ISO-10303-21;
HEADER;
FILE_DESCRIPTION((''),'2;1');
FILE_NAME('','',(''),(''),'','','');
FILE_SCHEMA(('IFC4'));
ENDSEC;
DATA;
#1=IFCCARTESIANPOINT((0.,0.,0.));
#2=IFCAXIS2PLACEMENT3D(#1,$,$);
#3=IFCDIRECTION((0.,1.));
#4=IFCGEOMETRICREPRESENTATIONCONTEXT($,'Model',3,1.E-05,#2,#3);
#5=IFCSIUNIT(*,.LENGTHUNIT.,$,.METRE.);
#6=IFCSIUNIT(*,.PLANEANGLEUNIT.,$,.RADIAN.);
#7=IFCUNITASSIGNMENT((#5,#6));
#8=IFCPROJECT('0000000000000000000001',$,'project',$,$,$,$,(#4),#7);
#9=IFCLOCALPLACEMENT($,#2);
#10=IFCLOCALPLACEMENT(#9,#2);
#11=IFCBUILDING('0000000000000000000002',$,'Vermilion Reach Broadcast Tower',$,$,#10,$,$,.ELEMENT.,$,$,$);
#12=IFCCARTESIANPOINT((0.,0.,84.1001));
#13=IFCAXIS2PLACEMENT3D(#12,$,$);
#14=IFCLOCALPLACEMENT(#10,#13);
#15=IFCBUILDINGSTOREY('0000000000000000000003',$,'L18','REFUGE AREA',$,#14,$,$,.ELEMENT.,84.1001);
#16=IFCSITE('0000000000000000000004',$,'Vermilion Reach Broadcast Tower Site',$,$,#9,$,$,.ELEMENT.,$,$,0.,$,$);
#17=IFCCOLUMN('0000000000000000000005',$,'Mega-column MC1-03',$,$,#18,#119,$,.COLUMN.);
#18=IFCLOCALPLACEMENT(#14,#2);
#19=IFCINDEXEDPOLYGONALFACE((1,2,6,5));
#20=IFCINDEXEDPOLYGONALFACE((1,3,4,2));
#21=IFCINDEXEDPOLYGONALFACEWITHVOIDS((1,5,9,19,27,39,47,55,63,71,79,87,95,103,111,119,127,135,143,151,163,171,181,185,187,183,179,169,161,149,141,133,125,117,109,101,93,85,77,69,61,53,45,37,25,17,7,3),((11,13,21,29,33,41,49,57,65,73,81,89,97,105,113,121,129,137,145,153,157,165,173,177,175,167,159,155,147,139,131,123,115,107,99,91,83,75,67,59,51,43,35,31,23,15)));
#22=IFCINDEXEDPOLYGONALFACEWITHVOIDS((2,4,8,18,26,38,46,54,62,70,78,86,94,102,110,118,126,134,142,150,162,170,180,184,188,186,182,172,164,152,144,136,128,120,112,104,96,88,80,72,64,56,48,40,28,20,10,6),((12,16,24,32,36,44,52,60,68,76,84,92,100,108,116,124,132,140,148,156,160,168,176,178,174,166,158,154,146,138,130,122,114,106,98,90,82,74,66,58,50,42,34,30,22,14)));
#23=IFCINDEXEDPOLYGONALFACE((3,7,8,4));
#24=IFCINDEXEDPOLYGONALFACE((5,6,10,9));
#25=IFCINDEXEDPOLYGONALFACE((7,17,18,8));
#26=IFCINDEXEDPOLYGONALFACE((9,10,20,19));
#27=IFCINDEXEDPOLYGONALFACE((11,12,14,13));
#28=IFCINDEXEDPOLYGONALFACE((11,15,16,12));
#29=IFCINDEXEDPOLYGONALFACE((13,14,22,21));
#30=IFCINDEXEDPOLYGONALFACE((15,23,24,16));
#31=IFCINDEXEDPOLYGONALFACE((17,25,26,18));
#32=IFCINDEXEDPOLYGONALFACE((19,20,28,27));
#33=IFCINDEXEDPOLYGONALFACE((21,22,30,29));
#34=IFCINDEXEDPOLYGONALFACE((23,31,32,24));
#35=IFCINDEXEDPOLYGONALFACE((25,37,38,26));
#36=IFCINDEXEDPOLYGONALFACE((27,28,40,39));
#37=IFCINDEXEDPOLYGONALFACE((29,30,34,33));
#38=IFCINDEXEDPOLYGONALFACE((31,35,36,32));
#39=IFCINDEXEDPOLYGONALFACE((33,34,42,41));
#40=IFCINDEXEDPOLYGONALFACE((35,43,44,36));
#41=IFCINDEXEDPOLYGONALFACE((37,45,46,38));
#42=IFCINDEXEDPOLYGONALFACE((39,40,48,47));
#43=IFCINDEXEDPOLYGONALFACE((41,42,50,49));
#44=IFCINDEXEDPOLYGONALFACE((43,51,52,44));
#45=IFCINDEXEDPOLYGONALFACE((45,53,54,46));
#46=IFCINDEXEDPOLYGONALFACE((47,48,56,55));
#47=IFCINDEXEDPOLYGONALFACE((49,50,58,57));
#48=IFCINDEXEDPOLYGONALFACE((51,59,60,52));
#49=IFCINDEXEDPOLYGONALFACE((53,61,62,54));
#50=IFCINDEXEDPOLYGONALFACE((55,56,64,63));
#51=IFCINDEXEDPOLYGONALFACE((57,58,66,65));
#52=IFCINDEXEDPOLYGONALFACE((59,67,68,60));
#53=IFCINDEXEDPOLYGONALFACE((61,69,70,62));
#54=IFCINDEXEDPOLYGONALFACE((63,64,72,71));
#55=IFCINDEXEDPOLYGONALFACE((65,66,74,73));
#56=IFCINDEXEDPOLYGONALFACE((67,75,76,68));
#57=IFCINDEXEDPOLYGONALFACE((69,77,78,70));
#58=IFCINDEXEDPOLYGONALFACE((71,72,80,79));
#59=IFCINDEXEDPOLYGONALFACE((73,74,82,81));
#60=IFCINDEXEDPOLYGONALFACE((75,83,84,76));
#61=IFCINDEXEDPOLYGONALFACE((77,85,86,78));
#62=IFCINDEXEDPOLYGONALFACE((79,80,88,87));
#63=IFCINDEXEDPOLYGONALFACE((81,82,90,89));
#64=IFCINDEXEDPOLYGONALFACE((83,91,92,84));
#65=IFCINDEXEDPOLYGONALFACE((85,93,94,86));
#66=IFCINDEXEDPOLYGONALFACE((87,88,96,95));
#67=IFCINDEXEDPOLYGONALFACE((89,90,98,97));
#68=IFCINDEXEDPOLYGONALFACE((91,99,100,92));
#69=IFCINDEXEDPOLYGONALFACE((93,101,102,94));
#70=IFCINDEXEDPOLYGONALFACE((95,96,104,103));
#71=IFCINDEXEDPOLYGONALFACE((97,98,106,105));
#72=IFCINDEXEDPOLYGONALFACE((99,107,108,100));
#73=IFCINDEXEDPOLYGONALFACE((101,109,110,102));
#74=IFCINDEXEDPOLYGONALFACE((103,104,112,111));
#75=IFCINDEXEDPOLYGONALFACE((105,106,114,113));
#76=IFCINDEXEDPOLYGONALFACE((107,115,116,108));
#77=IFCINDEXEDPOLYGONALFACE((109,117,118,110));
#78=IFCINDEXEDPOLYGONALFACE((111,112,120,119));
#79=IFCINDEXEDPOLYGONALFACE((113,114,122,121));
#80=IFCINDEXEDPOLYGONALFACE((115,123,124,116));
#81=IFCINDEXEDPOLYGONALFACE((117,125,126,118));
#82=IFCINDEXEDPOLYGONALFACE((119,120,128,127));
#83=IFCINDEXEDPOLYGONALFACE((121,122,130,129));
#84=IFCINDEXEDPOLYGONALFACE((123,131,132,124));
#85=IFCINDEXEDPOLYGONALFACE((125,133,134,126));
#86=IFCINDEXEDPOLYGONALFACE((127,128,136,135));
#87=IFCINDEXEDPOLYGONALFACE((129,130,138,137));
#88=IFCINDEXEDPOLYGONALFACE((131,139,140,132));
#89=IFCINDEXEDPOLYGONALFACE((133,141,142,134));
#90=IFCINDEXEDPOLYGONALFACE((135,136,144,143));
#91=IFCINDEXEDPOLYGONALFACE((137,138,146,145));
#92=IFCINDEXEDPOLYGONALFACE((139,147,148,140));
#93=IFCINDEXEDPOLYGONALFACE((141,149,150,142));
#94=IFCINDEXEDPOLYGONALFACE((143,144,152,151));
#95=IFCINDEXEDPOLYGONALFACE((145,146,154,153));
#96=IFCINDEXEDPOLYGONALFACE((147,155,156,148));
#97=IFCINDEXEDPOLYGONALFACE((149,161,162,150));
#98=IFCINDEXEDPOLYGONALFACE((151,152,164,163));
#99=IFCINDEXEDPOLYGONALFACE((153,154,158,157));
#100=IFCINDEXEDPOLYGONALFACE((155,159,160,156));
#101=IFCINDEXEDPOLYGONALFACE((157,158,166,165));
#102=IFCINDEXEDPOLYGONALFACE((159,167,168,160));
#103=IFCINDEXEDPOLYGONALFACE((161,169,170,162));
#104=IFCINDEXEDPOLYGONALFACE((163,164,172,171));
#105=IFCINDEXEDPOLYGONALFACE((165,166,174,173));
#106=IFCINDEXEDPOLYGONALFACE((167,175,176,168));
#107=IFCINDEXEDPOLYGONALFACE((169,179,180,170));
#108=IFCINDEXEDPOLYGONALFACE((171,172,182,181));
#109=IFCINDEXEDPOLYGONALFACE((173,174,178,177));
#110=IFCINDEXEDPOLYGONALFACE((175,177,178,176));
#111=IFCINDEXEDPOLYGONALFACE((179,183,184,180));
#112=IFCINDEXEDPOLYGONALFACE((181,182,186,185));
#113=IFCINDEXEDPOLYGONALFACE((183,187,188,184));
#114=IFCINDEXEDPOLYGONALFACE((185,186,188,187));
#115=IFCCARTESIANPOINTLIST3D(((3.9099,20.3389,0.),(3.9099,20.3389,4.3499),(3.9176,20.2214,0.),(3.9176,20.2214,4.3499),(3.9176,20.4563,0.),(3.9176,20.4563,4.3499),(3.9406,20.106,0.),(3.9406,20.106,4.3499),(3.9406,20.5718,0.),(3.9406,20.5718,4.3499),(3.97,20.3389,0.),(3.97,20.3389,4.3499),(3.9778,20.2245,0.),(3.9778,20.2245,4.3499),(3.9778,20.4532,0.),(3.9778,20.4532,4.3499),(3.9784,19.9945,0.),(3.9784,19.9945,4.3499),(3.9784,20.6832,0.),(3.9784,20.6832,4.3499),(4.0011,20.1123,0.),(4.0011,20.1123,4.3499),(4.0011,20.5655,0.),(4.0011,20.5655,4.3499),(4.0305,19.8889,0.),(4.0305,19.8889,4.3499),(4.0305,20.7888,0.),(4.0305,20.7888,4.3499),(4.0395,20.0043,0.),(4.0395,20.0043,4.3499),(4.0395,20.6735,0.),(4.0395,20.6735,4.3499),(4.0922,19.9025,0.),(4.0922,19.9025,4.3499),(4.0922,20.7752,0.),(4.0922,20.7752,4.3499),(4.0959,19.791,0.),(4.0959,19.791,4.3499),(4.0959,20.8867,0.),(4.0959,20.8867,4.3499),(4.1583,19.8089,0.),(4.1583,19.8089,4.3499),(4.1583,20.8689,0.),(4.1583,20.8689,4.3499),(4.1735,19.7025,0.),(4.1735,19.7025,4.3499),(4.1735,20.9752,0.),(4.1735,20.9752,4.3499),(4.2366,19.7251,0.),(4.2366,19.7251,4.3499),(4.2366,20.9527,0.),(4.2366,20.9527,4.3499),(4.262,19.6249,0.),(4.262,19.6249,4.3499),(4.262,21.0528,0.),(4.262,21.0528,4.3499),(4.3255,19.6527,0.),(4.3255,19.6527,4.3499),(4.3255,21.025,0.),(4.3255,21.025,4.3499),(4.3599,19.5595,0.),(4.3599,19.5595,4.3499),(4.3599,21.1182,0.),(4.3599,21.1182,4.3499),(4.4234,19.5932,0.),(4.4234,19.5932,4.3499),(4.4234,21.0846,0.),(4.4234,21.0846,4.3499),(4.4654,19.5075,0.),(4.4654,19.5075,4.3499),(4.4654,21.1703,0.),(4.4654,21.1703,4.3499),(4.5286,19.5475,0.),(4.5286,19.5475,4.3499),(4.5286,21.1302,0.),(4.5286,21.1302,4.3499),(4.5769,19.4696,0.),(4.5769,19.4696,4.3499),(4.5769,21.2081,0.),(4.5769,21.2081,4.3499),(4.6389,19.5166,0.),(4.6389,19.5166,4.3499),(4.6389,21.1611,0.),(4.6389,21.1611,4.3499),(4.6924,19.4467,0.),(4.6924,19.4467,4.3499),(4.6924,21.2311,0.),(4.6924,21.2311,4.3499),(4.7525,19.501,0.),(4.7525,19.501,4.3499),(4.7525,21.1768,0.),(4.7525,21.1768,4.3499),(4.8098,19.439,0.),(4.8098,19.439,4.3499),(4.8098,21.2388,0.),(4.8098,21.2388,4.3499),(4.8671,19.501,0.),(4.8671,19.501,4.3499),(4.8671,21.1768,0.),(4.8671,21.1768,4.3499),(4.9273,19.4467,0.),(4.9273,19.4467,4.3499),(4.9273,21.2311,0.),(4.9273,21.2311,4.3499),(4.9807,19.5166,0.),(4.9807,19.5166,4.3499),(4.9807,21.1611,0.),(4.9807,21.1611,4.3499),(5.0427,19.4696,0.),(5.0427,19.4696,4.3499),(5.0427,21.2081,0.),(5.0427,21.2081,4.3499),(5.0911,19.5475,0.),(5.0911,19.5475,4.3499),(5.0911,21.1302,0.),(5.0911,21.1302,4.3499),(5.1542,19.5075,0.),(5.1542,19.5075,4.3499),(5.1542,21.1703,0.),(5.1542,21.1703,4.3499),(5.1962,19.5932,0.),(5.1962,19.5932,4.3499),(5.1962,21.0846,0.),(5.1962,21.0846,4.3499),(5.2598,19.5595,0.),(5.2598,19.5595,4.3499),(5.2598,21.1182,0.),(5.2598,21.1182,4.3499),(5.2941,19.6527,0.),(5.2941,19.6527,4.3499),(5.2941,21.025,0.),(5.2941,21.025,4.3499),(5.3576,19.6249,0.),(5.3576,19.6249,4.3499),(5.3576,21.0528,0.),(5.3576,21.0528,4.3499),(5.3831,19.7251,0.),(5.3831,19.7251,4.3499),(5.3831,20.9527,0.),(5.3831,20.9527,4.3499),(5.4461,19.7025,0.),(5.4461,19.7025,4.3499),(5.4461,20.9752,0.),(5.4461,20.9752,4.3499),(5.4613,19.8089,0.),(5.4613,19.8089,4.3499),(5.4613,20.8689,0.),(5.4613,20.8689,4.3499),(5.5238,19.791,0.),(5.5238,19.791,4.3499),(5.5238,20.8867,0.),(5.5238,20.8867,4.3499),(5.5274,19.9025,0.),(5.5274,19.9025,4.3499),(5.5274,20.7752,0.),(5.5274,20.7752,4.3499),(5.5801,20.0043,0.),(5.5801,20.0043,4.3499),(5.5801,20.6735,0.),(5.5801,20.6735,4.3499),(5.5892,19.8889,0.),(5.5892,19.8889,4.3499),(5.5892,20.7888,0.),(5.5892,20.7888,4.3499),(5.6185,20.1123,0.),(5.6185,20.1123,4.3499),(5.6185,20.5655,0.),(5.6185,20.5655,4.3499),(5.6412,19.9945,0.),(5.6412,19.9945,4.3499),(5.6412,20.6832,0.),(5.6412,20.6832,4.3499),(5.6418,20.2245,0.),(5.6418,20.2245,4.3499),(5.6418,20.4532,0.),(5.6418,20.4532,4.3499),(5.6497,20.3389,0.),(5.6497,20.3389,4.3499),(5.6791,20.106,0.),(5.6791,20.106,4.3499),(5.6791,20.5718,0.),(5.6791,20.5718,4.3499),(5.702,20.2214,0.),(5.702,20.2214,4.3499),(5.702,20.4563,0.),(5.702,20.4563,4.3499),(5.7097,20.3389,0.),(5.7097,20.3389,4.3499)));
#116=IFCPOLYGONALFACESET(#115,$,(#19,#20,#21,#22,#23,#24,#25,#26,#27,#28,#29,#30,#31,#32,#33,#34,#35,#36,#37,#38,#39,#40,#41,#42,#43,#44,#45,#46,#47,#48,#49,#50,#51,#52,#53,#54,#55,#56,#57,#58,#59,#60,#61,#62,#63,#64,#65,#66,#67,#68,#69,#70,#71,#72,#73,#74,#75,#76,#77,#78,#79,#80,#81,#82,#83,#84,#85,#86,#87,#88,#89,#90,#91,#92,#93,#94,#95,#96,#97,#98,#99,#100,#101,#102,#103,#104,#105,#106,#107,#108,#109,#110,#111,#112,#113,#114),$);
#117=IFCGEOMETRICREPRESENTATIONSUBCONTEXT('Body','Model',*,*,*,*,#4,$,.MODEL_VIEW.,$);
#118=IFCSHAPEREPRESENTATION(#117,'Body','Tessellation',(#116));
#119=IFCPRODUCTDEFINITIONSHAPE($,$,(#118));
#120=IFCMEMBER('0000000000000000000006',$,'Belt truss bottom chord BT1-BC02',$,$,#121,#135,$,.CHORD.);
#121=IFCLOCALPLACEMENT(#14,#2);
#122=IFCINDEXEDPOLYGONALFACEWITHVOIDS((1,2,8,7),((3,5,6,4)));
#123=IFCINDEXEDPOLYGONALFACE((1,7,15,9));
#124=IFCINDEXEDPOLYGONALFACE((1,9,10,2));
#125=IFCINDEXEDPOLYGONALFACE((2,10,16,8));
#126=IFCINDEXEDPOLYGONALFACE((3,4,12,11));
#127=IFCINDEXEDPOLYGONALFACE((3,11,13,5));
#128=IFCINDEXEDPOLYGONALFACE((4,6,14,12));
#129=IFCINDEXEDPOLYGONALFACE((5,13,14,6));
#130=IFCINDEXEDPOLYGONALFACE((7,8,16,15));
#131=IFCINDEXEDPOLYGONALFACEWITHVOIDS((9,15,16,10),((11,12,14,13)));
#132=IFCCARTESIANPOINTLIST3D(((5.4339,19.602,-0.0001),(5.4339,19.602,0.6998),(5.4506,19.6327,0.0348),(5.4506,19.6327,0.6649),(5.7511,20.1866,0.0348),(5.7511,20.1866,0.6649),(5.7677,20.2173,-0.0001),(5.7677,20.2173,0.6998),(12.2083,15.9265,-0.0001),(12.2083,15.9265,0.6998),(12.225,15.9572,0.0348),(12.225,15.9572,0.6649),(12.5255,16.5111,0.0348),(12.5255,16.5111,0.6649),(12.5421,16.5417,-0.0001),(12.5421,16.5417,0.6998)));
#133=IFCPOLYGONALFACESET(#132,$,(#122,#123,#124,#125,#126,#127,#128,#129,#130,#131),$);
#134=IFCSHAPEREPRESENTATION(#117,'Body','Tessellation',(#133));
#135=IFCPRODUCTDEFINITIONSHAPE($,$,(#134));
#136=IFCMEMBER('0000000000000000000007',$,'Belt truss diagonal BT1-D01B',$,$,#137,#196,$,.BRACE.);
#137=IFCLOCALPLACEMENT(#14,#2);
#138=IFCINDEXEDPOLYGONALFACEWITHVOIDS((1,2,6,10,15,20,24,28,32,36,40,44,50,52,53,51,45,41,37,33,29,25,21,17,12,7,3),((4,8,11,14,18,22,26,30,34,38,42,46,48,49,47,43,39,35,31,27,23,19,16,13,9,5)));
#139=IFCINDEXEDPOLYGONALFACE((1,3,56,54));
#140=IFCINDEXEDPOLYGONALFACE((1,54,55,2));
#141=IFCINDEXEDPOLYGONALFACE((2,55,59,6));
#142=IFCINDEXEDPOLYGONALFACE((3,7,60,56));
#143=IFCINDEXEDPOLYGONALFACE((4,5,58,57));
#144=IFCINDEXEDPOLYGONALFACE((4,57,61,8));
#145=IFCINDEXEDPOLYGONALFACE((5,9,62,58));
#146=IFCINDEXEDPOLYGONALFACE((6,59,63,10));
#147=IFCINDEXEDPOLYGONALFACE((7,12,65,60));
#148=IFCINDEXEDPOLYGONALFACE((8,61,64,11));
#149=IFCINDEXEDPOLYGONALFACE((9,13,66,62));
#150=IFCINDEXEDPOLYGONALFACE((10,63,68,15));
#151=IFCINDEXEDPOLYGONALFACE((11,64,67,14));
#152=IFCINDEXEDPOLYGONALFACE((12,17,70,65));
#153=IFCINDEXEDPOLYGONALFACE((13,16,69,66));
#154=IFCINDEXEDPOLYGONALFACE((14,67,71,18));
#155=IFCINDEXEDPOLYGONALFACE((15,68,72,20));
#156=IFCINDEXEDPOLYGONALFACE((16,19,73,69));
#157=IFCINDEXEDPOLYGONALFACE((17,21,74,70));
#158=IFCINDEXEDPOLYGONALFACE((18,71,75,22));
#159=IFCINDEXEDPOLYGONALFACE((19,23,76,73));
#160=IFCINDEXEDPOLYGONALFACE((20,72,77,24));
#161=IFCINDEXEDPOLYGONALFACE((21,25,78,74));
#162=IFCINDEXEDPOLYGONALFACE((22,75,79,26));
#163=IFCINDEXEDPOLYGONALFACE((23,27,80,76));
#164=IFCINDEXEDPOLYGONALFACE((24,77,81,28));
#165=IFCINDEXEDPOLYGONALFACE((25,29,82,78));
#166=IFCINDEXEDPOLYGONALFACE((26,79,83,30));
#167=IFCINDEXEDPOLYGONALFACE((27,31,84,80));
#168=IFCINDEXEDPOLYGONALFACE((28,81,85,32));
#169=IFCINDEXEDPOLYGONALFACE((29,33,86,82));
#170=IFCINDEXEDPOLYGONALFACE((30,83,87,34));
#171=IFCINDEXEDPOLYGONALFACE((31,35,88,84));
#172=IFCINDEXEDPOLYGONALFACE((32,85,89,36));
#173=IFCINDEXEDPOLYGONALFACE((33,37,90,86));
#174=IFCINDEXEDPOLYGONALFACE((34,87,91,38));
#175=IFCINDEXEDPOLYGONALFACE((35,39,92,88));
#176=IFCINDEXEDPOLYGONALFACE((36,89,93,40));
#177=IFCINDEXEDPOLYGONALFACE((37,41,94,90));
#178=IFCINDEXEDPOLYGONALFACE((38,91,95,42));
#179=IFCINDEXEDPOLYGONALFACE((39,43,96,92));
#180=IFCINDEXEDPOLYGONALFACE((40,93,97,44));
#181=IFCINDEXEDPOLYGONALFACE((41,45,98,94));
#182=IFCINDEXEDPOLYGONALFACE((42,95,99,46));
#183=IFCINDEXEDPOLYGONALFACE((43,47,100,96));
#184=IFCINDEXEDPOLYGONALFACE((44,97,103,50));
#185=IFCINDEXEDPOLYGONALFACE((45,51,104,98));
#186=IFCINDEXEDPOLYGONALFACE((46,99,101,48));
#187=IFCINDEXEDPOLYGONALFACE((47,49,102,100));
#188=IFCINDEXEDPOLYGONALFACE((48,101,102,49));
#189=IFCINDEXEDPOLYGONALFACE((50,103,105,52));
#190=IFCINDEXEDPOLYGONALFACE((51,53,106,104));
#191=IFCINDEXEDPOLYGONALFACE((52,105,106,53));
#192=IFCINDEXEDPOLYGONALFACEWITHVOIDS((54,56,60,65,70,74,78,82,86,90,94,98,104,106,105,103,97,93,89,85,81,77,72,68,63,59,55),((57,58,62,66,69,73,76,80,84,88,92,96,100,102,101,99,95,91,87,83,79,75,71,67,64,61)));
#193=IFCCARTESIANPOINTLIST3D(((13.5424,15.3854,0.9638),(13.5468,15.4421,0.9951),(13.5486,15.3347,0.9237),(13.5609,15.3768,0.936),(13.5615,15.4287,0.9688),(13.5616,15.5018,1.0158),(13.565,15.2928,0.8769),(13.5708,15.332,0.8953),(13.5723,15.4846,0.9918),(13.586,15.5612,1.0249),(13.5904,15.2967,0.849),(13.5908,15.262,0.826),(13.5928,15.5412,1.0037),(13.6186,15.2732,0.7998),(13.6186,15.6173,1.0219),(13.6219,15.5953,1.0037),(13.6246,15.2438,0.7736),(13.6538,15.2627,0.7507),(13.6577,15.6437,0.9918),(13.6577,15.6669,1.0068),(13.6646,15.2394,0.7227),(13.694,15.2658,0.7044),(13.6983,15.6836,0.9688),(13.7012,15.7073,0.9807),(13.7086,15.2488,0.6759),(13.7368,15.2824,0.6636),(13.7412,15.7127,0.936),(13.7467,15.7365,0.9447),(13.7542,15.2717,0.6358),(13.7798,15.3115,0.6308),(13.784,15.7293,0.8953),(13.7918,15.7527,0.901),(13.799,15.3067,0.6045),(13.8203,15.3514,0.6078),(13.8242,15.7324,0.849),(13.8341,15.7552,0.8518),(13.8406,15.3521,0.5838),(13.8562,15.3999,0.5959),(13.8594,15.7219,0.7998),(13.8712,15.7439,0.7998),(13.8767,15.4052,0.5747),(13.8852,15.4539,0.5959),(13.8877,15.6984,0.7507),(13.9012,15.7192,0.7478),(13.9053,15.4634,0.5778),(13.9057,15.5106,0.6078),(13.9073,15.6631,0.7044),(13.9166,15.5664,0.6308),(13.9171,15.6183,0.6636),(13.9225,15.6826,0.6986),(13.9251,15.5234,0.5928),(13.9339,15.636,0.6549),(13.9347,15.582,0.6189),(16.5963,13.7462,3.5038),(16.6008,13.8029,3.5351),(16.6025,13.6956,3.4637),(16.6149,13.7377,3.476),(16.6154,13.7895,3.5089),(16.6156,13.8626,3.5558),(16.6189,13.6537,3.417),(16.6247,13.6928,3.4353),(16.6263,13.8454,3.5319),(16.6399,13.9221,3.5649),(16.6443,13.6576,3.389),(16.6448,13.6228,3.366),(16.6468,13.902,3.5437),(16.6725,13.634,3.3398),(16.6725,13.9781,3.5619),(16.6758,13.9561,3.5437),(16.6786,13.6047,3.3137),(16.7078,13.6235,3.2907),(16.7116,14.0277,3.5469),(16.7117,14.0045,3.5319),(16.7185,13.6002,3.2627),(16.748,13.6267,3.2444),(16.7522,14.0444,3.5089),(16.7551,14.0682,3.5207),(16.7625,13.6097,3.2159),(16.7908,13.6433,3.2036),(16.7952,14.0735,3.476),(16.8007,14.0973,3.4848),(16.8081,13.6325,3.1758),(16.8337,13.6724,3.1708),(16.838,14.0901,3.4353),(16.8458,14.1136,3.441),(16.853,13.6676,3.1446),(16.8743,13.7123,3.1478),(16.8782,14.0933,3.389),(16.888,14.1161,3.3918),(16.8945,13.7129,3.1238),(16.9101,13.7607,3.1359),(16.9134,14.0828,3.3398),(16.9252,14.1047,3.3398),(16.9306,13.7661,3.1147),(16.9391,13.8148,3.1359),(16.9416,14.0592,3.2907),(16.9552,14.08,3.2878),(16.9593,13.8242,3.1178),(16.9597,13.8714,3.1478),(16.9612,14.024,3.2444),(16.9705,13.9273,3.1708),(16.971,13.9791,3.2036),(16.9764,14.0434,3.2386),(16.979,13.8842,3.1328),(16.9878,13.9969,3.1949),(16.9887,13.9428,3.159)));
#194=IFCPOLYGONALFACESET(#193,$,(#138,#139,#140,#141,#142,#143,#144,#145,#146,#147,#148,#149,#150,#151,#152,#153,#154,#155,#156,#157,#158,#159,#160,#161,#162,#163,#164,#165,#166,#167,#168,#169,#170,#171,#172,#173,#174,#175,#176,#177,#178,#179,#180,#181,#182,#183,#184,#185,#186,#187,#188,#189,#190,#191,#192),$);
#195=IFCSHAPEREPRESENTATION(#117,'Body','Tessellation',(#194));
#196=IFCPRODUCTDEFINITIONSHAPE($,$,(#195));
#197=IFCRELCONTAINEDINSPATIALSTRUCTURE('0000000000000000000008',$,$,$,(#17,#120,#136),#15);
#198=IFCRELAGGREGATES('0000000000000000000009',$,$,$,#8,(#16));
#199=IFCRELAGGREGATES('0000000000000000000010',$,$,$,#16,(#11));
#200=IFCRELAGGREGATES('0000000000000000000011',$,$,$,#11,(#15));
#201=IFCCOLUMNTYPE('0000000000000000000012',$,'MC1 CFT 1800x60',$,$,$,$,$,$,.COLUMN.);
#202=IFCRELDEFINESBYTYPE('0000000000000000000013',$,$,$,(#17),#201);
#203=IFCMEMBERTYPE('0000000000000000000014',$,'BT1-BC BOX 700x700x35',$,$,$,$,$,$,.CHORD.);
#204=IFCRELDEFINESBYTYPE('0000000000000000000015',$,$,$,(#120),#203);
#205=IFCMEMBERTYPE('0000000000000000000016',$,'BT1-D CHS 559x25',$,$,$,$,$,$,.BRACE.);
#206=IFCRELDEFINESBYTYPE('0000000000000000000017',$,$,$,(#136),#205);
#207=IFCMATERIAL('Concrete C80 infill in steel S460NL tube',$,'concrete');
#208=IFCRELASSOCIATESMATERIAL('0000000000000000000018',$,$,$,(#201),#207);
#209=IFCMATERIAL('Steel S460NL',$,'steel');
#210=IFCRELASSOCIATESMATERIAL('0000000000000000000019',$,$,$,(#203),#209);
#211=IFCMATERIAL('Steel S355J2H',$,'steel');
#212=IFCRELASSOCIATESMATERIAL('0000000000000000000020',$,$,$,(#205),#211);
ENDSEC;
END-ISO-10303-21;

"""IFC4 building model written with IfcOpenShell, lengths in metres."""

from ifc_helpers import new_model, si_unit, direction, frame, origin, origin_2d, place, context, subcontext, project, spatial, hollow_rectangle, hollow_circle, extrude, material, material_profile, profile_set, type_object, element, save


model = new_model("IFC4")

# Units and contexts
model_context = context("Model", 3, precision=1e-05, world=origin(), true_north=direction((0.0, 1.0)))
body_context = subcontext(model_context, "Body", "Model", "MODEL_VIEW")
ifc_project = project(units=[si_unit("LENGTHUNIT", "METRE"), si_unit("PLANEANGLEUNIT", "RADIAN")], contexts=[model_context])

# Site, building, storey
site_placement = place(None, origin())
site = spatial("IfcSite", under=ifc_project, at=site_placement, Name="Vermilion Reach Broadcast Tower Site", CompositionType="ELEMENT", RefElevation=0.0)
building_placement = place(site_placement, origin())
building = spatial("IfcBuilding", under=site, at=building_placement, Name="Vermilion Reach Broadcast Tower", CompositionType="ELEMENT")
storey_placement = place(building_placement, frame((0.0, 0.0, 84.1001)))
storey = spatial("IfcBuildingStorey", under=building, at=storey_placement, Name="L18", Description="REFUGE AREA", CompositionType="ELEMENT", Elevation=84.1001)

# Column
ifc_material_1 = material(Name="Concrete C80 infill in steel S460NL tube", Category="concrete")
ifc_material_profile_1 = material_profile(ifc_material_1, hollow_circle(Radius=0.8999, WallThickness=0.0601, at=origin_2d()), Name="Concrete C80 infill in steel S460NL tube CFT 1800x60")
ifc_profile_set_1 = profile_set([ifc_material_profile_1], Name="Concrete C80 infill in steel S460NL tube")
column_type = type_object("IfcColumnType", Name="MC1 CFT 1800x60", PredefinedType="COLUMN", material=ifc_profile_set_1)
for number, where, z_axis, x_axis, name in (
    (1, (4.8098, 20.3389, 0.0), (0.0, 0.0, 1.0), (1.0, 0.0, 0.0), "Mega-column MC1-03"),
):
    element("IfcColumn", number, at=place(storey_placement, frame(where, z_axis=z_axis, x_axis=x_axis)), inside=storey, type_object=column_type, Name=name, PredefinedType="COLUMN", context=body_context, shape_type="SweptSolid", body=[
        extrude(hollow_circle(Radius=0.8999, WallThickness=0.0601, at=origin_2d()), origin(), (0.0, 0.0, 1.0), 4.3499),
    ])

# Members
ifc_material_2 = material(Name="Steel S460NL", Category="steel")
ifc_material_profile_2 = material_profile(ifc_material_2, hollow_rectangle(XDim=0.7, YDim=0.7, WallThickness=0.0349, at=origin_2d()), Name="S460NL BOX 700x700x35")
ifc_profile_set_2 = profile_set([ifc_material_profile_2], Name="Steel S460NL")
member_type_1 = type_object("IfcMemberType", Name="BT1-BC BOX 700x700x35", PredefinedType="CHORD", material=ifc_profile_set_2)
member_1_placement = place(storey_placement, frame((12.3752, 16.2341, 0.3499), z_axis=(-0.878962, 0.476891, 0.0), x_axis=(-0.476891, -0.878962, 0.0)))
element("IfcMember", 2, at=member_1_placement, inside=storey, type_object=member_type_1, Name="Belt truss bottom chord BT1-BC02", PredefinedType="CHORD", context=body_context, shape_type="SweptSolid", body=[
    extrude(hollow_rectangle(XDim=0.7, YDim=0.7, WallThickness=0.0349, at=origin_2d()), origin(), (0.0, 0.0, 1.0), 7.7073),
])
ifc_material_3 = material(Name="Steel S355J2H", Category="steel")
ifc_material_profile_3 = material_profile(ifc_material_3, hollow_circle(Radius=0.2795, WallThickness=0.0249, at=origin_2d()), Name="S355J2H CHS 559x25")
ifc_profile_set_3 = profile_set([ifc_material_profile_3], Name="Steel S355J2H")
member_type_2 = type_object("IfcMemberType", Name="BT1-D CHS 559x25", PredefinedType="BRACE", material=ifc_profile_set_3)
member_2_placement = place(storey_placement, frame((13.739, 15.4976, 0.7998), z_axis=(0.710697, -0.381455, 0.591102), x_axis=(0.472919, 0.881106, 0.0)))
element("IfcMember", 3, at=member_2_placement, inside=storey, type_object=member_type_2, Name="Belt truss diagonal BT1-D01B", PredefinedType="BRACE", context=body_context, shape_type="SweptSolid", body=[
    extrude(hollow_circle(Radius=0.2795, WallThickness=0.0249, at=origin_2d()), origin(), (0.0, 0.0, 1.0), 4.2971),
])

save(model, "model.ifc")
